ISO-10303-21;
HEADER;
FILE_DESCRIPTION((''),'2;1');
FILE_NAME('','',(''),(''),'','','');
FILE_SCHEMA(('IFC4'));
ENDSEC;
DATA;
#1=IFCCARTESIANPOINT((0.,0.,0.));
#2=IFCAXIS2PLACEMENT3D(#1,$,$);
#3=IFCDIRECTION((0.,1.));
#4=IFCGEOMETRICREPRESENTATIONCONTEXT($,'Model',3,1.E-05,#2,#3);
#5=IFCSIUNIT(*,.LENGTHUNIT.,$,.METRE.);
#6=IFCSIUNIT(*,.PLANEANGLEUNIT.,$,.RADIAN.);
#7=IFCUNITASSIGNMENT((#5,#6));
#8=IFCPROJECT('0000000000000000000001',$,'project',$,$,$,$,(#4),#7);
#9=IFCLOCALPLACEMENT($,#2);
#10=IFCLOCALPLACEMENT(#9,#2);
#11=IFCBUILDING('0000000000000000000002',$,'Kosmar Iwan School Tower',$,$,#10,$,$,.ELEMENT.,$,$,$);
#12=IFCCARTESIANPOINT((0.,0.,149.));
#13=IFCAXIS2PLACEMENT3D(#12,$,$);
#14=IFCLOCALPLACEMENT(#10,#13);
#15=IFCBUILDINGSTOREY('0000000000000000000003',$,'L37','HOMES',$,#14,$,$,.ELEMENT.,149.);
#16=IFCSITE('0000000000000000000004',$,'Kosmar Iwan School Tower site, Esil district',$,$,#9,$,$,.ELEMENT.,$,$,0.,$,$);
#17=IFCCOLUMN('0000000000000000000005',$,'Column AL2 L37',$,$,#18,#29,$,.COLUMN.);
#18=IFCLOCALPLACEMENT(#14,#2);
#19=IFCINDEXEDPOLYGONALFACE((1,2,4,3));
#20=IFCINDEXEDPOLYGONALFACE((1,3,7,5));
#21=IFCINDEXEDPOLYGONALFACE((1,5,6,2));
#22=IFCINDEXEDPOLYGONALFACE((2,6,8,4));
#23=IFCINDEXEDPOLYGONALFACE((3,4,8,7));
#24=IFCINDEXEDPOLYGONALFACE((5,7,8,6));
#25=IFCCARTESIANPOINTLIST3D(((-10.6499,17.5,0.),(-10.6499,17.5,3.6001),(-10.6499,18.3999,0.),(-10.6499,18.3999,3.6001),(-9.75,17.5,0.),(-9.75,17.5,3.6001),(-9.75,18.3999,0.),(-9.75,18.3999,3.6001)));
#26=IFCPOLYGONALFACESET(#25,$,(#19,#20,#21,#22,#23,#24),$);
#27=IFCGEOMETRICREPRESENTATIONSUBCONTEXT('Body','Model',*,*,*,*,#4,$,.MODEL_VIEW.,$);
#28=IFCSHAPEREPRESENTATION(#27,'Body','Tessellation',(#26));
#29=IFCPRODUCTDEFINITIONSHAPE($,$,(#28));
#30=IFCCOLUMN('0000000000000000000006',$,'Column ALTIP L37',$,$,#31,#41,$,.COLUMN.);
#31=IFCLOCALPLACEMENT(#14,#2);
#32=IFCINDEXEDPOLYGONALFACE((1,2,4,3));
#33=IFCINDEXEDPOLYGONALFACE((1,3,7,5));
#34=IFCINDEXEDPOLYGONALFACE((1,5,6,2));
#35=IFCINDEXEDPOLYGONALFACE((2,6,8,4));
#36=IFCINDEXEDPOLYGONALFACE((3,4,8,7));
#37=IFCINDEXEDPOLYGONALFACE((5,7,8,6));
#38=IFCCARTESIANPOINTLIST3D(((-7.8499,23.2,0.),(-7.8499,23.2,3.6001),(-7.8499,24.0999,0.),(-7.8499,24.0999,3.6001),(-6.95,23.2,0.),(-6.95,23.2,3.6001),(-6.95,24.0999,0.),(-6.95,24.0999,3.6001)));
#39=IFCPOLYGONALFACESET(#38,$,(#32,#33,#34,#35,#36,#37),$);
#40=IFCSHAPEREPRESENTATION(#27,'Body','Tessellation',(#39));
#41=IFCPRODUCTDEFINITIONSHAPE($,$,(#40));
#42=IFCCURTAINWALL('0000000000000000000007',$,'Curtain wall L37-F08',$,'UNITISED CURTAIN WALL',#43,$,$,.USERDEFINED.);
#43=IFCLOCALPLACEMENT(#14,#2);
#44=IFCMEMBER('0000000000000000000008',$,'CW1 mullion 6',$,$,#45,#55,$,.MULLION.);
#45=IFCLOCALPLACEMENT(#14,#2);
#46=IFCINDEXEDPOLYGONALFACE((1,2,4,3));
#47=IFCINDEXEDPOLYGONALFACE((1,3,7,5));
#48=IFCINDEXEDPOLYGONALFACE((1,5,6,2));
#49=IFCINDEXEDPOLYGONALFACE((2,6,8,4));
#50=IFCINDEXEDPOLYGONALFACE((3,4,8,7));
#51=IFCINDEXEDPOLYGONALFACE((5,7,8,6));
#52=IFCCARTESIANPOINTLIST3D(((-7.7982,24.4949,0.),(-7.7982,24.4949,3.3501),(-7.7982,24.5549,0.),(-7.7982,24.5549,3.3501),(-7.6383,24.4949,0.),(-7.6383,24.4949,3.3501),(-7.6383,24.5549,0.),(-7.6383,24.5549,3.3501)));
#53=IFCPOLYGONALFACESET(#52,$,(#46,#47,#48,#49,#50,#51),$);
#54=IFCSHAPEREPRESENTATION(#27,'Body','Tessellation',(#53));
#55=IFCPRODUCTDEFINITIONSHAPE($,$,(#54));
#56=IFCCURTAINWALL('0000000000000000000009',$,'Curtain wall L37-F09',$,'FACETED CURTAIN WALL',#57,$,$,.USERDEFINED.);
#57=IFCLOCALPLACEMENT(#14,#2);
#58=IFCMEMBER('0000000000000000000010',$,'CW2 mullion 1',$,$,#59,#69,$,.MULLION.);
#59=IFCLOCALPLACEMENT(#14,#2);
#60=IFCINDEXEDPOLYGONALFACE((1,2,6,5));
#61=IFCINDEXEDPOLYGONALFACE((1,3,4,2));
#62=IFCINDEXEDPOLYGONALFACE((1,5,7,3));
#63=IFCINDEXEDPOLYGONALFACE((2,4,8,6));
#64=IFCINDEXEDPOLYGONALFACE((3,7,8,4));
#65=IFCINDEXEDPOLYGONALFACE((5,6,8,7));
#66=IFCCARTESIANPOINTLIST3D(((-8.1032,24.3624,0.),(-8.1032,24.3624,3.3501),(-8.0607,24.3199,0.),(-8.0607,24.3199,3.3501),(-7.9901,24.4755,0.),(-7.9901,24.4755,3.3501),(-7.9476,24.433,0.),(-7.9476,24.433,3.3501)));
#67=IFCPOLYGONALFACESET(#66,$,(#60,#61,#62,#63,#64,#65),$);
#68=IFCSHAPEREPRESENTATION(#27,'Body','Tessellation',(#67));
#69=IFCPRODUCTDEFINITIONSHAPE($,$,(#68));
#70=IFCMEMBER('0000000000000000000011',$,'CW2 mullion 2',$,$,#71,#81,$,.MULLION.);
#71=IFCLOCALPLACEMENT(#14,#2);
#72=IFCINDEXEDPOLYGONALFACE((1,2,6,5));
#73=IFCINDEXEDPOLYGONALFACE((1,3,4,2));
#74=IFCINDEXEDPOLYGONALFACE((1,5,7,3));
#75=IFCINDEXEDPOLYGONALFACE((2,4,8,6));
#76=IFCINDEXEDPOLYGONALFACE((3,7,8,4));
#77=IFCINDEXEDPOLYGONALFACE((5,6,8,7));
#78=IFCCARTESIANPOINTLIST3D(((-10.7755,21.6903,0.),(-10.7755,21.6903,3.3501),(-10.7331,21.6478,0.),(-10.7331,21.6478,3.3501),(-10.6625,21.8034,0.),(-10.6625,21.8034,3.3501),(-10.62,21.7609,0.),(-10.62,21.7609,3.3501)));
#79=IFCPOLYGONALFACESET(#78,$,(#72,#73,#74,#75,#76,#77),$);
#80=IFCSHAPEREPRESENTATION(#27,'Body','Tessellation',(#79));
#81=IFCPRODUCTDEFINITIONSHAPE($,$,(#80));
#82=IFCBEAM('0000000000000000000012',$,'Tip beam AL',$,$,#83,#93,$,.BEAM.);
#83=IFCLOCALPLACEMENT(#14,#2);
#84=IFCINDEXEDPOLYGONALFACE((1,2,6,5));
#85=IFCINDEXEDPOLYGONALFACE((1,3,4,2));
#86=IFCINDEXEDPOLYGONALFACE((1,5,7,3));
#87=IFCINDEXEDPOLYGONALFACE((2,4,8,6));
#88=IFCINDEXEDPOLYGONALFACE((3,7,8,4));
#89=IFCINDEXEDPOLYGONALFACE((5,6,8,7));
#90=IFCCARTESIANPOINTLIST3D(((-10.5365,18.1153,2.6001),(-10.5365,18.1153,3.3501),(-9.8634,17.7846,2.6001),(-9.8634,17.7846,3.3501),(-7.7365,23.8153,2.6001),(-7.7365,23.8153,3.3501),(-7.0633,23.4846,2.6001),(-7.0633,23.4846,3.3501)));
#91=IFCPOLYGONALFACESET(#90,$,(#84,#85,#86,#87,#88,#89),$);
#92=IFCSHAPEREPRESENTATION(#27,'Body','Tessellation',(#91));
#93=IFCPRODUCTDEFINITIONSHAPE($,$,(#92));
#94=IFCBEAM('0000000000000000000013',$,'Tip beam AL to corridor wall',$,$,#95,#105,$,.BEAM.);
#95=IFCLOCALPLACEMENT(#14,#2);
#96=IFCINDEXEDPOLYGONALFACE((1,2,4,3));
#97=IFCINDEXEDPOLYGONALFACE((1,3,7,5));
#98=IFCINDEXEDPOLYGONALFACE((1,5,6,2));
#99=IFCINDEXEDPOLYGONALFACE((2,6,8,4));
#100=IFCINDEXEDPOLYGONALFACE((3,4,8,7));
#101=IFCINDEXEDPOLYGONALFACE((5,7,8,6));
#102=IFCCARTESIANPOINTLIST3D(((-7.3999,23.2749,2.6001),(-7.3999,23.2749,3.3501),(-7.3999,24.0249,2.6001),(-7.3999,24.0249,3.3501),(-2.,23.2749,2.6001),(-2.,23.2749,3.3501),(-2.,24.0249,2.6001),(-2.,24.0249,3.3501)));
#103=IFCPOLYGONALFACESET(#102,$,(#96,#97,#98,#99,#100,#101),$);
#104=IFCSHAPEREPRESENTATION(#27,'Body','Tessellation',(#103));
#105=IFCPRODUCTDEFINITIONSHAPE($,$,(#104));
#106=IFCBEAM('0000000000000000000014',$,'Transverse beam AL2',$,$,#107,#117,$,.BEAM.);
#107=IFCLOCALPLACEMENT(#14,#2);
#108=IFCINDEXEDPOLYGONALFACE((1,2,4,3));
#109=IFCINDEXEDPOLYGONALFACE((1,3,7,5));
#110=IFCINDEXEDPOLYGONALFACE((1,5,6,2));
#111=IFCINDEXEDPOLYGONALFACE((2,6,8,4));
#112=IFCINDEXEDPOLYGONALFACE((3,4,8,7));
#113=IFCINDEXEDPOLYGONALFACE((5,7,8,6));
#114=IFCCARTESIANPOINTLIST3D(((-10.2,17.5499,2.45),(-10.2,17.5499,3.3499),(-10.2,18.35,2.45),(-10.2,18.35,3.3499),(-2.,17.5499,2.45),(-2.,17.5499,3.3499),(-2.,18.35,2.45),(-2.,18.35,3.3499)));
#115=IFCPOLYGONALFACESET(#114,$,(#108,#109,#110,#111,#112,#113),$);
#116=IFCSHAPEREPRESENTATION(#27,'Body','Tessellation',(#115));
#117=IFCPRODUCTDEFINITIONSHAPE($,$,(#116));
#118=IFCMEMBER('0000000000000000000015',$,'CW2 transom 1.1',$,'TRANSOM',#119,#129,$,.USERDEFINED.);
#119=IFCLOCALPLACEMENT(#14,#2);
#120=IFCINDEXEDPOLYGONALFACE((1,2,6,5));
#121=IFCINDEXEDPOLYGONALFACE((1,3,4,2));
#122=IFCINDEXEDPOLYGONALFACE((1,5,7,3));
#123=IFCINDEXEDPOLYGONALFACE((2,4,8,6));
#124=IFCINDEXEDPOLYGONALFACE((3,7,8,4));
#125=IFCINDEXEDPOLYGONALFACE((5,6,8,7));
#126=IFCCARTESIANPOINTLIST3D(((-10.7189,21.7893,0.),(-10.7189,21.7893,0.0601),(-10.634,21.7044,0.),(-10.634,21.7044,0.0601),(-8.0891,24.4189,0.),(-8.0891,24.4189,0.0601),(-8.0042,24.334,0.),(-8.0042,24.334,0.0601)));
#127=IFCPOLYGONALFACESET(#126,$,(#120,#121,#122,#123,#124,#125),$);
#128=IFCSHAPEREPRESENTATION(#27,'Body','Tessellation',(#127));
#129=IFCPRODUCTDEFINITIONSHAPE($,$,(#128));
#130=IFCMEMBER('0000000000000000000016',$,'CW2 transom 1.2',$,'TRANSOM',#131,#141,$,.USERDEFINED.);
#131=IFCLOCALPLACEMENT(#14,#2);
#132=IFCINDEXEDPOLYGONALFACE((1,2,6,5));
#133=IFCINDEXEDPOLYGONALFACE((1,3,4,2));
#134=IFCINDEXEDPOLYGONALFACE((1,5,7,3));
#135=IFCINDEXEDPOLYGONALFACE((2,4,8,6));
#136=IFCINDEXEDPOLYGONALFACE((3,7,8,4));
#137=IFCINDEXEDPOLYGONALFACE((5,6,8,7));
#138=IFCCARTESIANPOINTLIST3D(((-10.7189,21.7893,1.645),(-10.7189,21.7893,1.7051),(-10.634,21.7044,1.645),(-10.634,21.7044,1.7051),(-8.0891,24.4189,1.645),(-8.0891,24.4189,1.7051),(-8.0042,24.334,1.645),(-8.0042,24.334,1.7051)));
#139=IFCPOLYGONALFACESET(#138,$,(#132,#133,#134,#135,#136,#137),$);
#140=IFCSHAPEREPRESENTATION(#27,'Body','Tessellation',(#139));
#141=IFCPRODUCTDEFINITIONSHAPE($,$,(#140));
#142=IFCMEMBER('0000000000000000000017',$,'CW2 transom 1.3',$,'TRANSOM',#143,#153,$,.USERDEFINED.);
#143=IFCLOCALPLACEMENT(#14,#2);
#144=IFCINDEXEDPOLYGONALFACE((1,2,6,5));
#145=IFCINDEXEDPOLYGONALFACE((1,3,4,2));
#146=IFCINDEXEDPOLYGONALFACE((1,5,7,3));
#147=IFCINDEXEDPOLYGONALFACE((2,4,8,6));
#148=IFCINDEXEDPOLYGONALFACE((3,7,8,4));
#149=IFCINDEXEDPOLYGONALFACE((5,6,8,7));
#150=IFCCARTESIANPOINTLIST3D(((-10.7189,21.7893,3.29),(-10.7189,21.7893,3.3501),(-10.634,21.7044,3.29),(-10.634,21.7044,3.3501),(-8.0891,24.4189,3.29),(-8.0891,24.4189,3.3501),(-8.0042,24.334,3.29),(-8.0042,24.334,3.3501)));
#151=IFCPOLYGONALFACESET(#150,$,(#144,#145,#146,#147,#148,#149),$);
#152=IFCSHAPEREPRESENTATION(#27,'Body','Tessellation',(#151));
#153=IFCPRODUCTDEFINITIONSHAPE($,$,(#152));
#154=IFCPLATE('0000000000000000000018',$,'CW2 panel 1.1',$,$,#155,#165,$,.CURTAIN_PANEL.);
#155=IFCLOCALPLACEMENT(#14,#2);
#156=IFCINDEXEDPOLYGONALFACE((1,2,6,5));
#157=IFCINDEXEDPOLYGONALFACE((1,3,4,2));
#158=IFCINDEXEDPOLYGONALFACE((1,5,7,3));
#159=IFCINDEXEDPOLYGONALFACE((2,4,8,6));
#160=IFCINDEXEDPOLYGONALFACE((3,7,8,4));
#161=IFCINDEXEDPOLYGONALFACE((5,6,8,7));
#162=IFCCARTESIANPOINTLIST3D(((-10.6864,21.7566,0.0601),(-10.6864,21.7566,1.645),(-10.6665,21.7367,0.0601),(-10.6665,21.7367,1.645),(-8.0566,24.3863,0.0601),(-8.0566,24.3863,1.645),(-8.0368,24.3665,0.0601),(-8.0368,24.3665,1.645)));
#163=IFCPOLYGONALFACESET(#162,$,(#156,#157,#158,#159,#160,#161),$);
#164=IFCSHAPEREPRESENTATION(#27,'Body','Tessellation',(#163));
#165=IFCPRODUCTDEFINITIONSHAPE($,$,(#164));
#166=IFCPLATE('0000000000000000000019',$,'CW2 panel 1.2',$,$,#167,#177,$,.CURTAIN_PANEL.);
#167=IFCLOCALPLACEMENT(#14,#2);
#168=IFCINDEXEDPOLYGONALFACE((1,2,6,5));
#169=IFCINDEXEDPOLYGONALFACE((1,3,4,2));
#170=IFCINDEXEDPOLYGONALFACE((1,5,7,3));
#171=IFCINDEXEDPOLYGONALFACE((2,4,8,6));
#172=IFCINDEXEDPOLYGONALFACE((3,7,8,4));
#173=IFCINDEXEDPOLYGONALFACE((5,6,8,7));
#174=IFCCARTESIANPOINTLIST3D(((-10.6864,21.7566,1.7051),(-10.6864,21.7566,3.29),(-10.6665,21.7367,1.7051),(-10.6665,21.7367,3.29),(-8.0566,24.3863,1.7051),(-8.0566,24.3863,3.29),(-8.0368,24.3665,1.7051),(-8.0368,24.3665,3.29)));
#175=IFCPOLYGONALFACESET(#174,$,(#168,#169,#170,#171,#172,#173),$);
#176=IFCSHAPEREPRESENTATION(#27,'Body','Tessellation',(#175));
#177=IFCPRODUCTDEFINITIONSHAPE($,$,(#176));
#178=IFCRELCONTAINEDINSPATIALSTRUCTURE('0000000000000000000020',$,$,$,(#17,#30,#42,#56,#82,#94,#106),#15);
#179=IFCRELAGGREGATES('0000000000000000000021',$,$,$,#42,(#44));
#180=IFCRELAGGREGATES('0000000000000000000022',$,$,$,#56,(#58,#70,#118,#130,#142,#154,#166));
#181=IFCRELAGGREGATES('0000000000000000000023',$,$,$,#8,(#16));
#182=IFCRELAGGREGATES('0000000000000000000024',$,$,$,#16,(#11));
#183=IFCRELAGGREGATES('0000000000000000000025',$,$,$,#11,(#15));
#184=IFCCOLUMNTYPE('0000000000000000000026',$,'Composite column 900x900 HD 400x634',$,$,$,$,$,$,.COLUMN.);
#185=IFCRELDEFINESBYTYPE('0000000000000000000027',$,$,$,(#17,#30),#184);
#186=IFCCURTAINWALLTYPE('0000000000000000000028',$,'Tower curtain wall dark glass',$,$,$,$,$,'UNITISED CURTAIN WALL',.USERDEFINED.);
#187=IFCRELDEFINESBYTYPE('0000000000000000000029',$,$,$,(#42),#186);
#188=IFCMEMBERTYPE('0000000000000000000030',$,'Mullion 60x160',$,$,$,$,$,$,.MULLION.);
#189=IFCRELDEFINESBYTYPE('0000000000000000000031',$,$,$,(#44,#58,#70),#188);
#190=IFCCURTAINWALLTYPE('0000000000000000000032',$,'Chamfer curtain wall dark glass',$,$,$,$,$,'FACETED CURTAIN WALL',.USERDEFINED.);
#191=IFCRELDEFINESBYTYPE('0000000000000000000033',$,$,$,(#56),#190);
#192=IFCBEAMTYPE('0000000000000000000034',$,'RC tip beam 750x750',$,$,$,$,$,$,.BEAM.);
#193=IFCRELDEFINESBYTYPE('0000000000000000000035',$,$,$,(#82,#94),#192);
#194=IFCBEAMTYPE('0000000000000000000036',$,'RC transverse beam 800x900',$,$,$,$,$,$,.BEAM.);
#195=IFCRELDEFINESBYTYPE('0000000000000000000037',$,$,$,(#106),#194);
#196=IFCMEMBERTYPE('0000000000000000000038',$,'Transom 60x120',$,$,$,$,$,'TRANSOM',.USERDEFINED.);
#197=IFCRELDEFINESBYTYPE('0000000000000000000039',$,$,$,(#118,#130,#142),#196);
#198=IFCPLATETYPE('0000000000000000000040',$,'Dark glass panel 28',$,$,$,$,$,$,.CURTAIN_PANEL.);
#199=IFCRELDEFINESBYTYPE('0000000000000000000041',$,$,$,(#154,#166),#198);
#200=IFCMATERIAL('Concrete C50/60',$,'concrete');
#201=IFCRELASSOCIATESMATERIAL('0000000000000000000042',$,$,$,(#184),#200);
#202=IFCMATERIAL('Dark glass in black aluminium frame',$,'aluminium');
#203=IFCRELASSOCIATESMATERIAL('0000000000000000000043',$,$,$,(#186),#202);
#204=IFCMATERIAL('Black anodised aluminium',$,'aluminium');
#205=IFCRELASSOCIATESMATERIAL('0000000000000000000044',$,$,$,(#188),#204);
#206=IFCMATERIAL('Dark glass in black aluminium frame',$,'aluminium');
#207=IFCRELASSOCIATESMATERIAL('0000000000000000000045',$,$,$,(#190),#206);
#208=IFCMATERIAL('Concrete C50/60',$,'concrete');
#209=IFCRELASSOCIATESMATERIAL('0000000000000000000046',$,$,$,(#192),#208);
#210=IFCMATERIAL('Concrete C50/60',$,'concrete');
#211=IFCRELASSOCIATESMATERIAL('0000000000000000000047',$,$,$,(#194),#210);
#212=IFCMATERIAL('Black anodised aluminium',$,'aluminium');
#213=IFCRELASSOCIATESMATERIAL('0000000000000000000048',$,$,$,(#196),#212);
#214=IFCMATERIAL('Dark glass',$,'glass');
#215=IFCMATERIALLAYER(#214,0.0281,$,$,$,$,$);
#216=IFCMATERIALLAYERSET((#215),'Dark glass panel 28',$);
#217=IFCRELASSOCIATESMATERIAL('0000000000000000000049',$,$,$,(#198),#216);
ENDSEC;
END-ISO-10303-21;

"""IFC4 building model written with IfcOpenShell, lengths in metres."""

from ifc_helpers import new_model, si_unit, direction, frame, origin, origin_2d, place, context, subcontext, project, spatial, rectangle, extrude, material, layer, layer_set, material_profile, profile_set, type_object, element, aggregate, save


model = new_model("IFC4")

# Units and contexts
model_context = context("Model", 3, precision=1e-05, world=origin(), true_north=direction((0.0, 1.0)))
body_context = subcontext(model_context, "Body", "Model", "MODEL_VIEW")
ifc_project = project(units=[si_unit("LENGTHUNIT", "METRE"), si_unit("PLANEANGLEUNIT", "RADIAN")], contexts=[model_context])

# Site, building, storey
site_placement = place(None, origin())
site = spatial("IfcSite", under=ifc_project, at=site_placement, Name="Kosmar Iwan School Tower site, Esil district", CompositionType="ELEMENT", RefElevation=0.0)
building_placement = place(site_placement, origin())
building = spatial("IfcBuilding", under=site, at=building_placement, Name="Kosmar Iwan School Tower", CompositionType="ELEMENT")
storey_placement = place(building_placement, frame((0.0, 0.0, 149.0)))
storey = spatial("IfcBuildingStorey", under=building, at=storey_placement, Name="L37", Description="HOMES", CompositionType="ELEMENT", Elevation=149.0)

# Columns
ifc_material_1 = material(Name="Concrete C50/60", Category="concrete")
ifc_material_profile_1 = material_profile(ifc_material_1, rectangle(XDim=0.8999, YDim=0.8999, at=origin_2d()), Name="RC 900x900 + HD 400x634")
ifc_profile_set_1 = profile_set([ifc_material_profile_1], Name="Concrete C50/60")
column_type = type_object("IfcColumnType", Name="Composite column 900x900 HD 400x634", PredefinedType="COLUMN", material=ifc_profile_set_1)
for number, where, z_axis, x_axis, name in (
    (1, (-10.2, 17.95, 0.0), (0.0, 0.0, 1.0), (0.0, 1.0, 0.0), "Column AL2 L37"),
    (2, (-7.3999, 23.6499, 0.0), (0.0, 0.0, 1.0), (0.0, 1.0, 0.0), "Column ALTIP L37"),
):
    element("IfcColumn", number, at=place(storey_placement, frame(where, z_axis=z_axis, x_axis=x_axis)), inside=storey, type_object=column_type, Name=name, PredefinedType="COLUMN", context=body_context, shape_type="SweptSolid", body=[
        extrude(rectangle(XDim=0.8999, YDim=0.8999, at=origin_2d()), origin(), (0.0, 0.0, 1.0), 3.6001),
    ])

# Curtain wall, member
ifc_material_2 = material(Name="Dark glass in black aluminium frame", Category="aluminium")
curtain_wall_type_1 = type_object("IfcCurtainWallType", Name="Tower curtain wall dark glass", ElementType="UNITISED CURTAIN WALL", PredefinedType="USERDEFINED", material=ifc_material_2)
curtain_wall_1_placement = place(storey_placement, origin())
curtain_wall_1 = element("IfcCurtainWall", 3, at=curtain_wall_1_placement, inside=storey, type_object=curtain_wall_type_1, Name="Curtain wall L37-F08", ObjectType="UNITISED CURTAIN WALL", PredefinedType="USERDEFINED")
ifc_material_3 = material(Name="Black anodised aluminium", Category="aluminium")
ifc_material_profile_2 = material_profile(ifc_material_3, rectangle(XDim=0.0601, YDim=0.1599, at=origin_2d()), Name="MULLION 60x160")
ifc_profile_set_2 = profile_set([ifc_material_profile_2], Name="Black anodised aluminium")
member_type_1 = type_object("IfcMemberType", Name="Mullion 60x160", PredefinedType="MULLION", material=ifc_profile_set_2)
member_1_placement = place(storey_placement, frame((-7.7183, 24.5249, 0.0), z_axis=(0.0, 0.0, 1.0), x_axis=(0.0, -1.0, 0.0)))
member_1 = element("IfcMember", 4, at=member_1_placement, type_object=member_type_1, Name="CW1 mullion 6", PredefinedType="MULLION", context=body_context, shape_type="SweptSolid", body=[
    extrude(rectangle(XDim=0.0601, YDim=0.1599, at=origin_2d()), origin(), (0.0, 0.0, 1.0), 3.3501),
])
aggregate(curtain_wall_1, [member_1])

# Curtain wall, members
ifc_material_4 = material(Name="Dark glass in black aluminium frame", Category="aluminium")
curtain_wall_type_2 = type_object("IfcCurtainWallType", Name="Chamfer curtain wall dark glass", ElementType="FACETED CURTAIN WALL", PredefinedType="USERDEFINED", material=ifc_material_4)
curtain_wall_2_placement = place(storey_placement, origin())
curtain_wall_2 = element("IfcCurtainWall", 5, at=curtain_wall_2_placement, inside=storey, type_object=curtain_wall_type_2, Name="Curtain wall L37-F09", ObjectType="FACETED CURTAIN WALL", PredefinedType="USERDEFINED")
member_2_placement = place(storey_placement, frame((-8.0254, 24.3977, 0.0), z_axis=(0.0, 0.0, 1.0), x_axis=(0.707107, -0.707107, 0.0)))
member_2 = element("IfcMember", 6, at=member_2_placement, type_object=member_type_1, Name="CW2 mullion 1", PredefinedType="MULLION", context=body_context, shape_type="SweptSolid", body=[
    extrude(rectangle(XDim=0.0601, YDim=0.1599, at=origin_2d()), origin(), (0.0, 0.0, 1.0), 3.3501),
])
member_3_placement = place(storey_placement, frame((-10.6978, 21.7256, 0.0), z_axis=(0.0, 0.0, 1.0), x_axis=(0.707107, -0.707107, 0.0)))
member_3 = element("IfcMember", 7, at=member_3_placement, type_object=member_type_1, Name="CW2 mullion 2", PredefinedType="MULLION", context=body_context, shape_type="SweptSolid", body=[
    extrude(rectangle(XDim=0.0601, YDim=0.1599, at=origin_2d()), origin(), (0.0, 0.0, 1.0), 3.3501),
])

# Beams
ifc_material_5 = material(Name="Concrete C50/60", Category="concrete")
ifc_material_profile_3 = material_profile(ifc_material_5, rectangle(XDim=0.75, YDim=0.75, at=origin_2d()), Name="RC 750x750")
ifc_profile_set_3 = profile_set([ifc_material_profile_3], Name="Concrete C50/60")
beam_type_1 = type_object("IfcBeamType", Name="RC tip beam 750x750", PredefinedType="BEAM", material=ifc_profile_set_3)
beam_1_placement = place(storey_placement, frame((-10.2, 17.95, 2.9751), z_axis=(0.440913, 0.89755, 0.0), x_axis=(-0.89755, 0.440913, 0.0)))
element("IfcBeam", 8, at=beam_1_placement, inside=storey, type_object=beam_type_1, Name="Tip beam AL", PredefinedType="BEAM", context=body_context, shape_type="SweptSolid", body=[
    extrude(rectangle(XDim=0.75, YDim=0.75, at=origin_2d()), origin(), (0.0, 0.0, 1.0), 6.3506),
])
beam_2_placement = place(storey_placement, frame((-7.3999, 23.6499, 2.9751), z_axis=(1.0, 0.0, 0.0), x_axis=(0.0, 1.0, 0.0)))
element("IfcBeam", 9, at=beam_2_placement, inside=storey, type_object=beam_type_1, Name="Tip beam AL to corridor wall", PredefinedType="BEAM", context=body_context, shape_type="SweptSolid", body=[
    extrude(rectangle(XDim=0.75, YDim=0.75, at=origin_2d()), origin(), (0.0, 0.0, 1.0), 5.3999),
])
ifc_material_6 = material(Name="Concrete C50/60", Category="concrete")
ifc_material_profile_4 = material_profile(ifc_material_6, rectangle(XDim=0.8, YDim=0.8999, at=origin_2d()), Name="RC 800x900")
ifc_profile_set_4 = profile_set([ifc_material_profile_4], Name="Concrete C50/60")
beam_type_2 = type_object("IfcBeamType", Name="RC transverse beam 800x900", PredefinedType="BEAM", material=ifc_profile_set_4)
beam_3_placement = place(storey_placement, frame((-10.2, 17.95, 2.8999), z_axis=(1.0, 0.0, 0.0), x_axis=(0.0, 1.0, 0.0)))
element("IfcBeam", 10, at=beam_3_placement, inside=storey, type_object=beam_type_2, Name="Transverse beam AL2", PredefinedType="BEAM", context=body_context, shape_type="SweptSolid", body=[
    extrude(rectangle(XDim=0.8, YDim=0.8999, at=origin_2d()), origin(), (0.0, 0.0, 1.0), 8.2),
])

# Members
ifc_material_7 = material(Name="Black anodised aluminium", Category="aluminium")
ifc_material_profile_5 = material_profile(ifc_material_7, rectangle(XDim=0.1201, YDim=0.0601, at=origin_2d()), Name="TRANSOM 60x120")
ifc_profile_set_5 = profile_set([ifc_material_profile_5], Name="Black anodised aluminium")
member_type_2 = type_object("IfcMemberType", Name="Transom 60x120", ElementType="TRANSOM", PredefinedType="USERDEFINED", material=ifc_profile_set_5)
member_4_placement = place(storey_placement, frame((-8.0466, 24.3765, 0.03), z_axis=(-0.70714, -0.707074, 0.0), x_axis=(0.707074, -0.70714, 0.0)))
member_4 = element("IfcMember", 11, at=member_4_placement, type_object=member_type_2, Name="CW2 transom 1.1", ObjectType="TRANSOM", PredefinedType="USERDEFINED", context=body_context, shape_type="SweptSolid", body=[
    extrude(rectangle(XDim=0.1201, YDim=0.0601, at=origin_2d()), origin(), (0.0, 0.0, 1.0), 3.719),
])
member_5_placement = place(storey_placement, frame((-8.0466, 24.3765, 1.675), z_axis=(-0.70714, -0.707074, 0.0), x_axis=(0.707074, -0.70714, 0.0)))
member_5 = element("IfcMember", 12, at=member_5_placement, type_object=member_type_2, Name="CW2 transom 1.2", ObjectType="TRANSOM", PredefinedType="USERDEFINED", context=body_context, shape_type="SweptSolid", body=[
    extrude(rectangle(XDim=0.1201, YDim=0.0601, at=origin_2d()), origin(), (0.0, 0.0, 1.0), 3.719),
])
member_6_placement = place(storey_placement, frame((-8.0466, 24.3765, 3.3201), z_axis=(-0.70714, -0.707074, 0.0), x_axis=(0.707074, -0.70714, 0.0)))
member_6 = element("IfcMember", 13, at=member_6_placement, type_object=member_type_2, Name="CW2 transom 1.3", ObjectType="TRANSOM", PredefinedType="USERDEFINED", context=body_context, shape_type="SweptSolid", body=[
    extrude(rectangle(XDim=0.1201, YDim=0.0601, at=origin_2d()), origin(), (0.0, 0.0, 1.0), 3.719),
])

# Plates
ifc_material_8 = material(Name="Dark glass", Category="glass")
ifc_layer = layer(ifc_material_8, 0.0281)
ifc_layer_set = layer_set([ifc_layer], Name="Dark glass panel 28")
plate_type = type_object("IfcPlateType", Name="Dark glass panel 28", PredefinedType="CURTAIN_PANEL", material=ifc_layer_set)
plate_1_placement = place(storey_placement, frame((-9.3616, 23.0615, 0.0601), z_axis=(0.0, 0.0, 1.0), x_axis=(-0.707107, -0.707107, 0.0)))
plate_1 = element("IfcPlate", 14, at=plate_1_placement, type_object=plate_type, Name="CW2 panel 1.1", PredefinedType="CURTAIN_PANEL", context=body_context, shape_type="SweptSolid", body=[
    extrude(rectangle(XDim=3.719, YDim=0.0281, at=origin_2d()), origin(), (0.0, 0.0, 1.0), 1.585),
])
plate_2_placement = place(storey_placement, frame((-9.3616, 23.0615, 1.7051), z_axis=(0.0, 0.0, 1.0), x_axis=(-0.707107, -0.707107, 0.0)))
plate_2 = element("IfcPlate", 15, at=plate_2_placement, type_object=plate_type, Name="CW2 panel 1.2", PredefinedType="CURTAIN_PANEL", context=body_context, shape_type="SweptSolid", body=[
    extrude(rectangle(XDim=3.719, YDim=0.0281, at=origin_2d()), origin(), (0.0, 0.0, 1.0), 1.585),
])
aggregate(curtain_wall_2, [member_2, member_3, member_4, member_5, member_6, plate_1, plate_2])

save(model, "model.ifc")
